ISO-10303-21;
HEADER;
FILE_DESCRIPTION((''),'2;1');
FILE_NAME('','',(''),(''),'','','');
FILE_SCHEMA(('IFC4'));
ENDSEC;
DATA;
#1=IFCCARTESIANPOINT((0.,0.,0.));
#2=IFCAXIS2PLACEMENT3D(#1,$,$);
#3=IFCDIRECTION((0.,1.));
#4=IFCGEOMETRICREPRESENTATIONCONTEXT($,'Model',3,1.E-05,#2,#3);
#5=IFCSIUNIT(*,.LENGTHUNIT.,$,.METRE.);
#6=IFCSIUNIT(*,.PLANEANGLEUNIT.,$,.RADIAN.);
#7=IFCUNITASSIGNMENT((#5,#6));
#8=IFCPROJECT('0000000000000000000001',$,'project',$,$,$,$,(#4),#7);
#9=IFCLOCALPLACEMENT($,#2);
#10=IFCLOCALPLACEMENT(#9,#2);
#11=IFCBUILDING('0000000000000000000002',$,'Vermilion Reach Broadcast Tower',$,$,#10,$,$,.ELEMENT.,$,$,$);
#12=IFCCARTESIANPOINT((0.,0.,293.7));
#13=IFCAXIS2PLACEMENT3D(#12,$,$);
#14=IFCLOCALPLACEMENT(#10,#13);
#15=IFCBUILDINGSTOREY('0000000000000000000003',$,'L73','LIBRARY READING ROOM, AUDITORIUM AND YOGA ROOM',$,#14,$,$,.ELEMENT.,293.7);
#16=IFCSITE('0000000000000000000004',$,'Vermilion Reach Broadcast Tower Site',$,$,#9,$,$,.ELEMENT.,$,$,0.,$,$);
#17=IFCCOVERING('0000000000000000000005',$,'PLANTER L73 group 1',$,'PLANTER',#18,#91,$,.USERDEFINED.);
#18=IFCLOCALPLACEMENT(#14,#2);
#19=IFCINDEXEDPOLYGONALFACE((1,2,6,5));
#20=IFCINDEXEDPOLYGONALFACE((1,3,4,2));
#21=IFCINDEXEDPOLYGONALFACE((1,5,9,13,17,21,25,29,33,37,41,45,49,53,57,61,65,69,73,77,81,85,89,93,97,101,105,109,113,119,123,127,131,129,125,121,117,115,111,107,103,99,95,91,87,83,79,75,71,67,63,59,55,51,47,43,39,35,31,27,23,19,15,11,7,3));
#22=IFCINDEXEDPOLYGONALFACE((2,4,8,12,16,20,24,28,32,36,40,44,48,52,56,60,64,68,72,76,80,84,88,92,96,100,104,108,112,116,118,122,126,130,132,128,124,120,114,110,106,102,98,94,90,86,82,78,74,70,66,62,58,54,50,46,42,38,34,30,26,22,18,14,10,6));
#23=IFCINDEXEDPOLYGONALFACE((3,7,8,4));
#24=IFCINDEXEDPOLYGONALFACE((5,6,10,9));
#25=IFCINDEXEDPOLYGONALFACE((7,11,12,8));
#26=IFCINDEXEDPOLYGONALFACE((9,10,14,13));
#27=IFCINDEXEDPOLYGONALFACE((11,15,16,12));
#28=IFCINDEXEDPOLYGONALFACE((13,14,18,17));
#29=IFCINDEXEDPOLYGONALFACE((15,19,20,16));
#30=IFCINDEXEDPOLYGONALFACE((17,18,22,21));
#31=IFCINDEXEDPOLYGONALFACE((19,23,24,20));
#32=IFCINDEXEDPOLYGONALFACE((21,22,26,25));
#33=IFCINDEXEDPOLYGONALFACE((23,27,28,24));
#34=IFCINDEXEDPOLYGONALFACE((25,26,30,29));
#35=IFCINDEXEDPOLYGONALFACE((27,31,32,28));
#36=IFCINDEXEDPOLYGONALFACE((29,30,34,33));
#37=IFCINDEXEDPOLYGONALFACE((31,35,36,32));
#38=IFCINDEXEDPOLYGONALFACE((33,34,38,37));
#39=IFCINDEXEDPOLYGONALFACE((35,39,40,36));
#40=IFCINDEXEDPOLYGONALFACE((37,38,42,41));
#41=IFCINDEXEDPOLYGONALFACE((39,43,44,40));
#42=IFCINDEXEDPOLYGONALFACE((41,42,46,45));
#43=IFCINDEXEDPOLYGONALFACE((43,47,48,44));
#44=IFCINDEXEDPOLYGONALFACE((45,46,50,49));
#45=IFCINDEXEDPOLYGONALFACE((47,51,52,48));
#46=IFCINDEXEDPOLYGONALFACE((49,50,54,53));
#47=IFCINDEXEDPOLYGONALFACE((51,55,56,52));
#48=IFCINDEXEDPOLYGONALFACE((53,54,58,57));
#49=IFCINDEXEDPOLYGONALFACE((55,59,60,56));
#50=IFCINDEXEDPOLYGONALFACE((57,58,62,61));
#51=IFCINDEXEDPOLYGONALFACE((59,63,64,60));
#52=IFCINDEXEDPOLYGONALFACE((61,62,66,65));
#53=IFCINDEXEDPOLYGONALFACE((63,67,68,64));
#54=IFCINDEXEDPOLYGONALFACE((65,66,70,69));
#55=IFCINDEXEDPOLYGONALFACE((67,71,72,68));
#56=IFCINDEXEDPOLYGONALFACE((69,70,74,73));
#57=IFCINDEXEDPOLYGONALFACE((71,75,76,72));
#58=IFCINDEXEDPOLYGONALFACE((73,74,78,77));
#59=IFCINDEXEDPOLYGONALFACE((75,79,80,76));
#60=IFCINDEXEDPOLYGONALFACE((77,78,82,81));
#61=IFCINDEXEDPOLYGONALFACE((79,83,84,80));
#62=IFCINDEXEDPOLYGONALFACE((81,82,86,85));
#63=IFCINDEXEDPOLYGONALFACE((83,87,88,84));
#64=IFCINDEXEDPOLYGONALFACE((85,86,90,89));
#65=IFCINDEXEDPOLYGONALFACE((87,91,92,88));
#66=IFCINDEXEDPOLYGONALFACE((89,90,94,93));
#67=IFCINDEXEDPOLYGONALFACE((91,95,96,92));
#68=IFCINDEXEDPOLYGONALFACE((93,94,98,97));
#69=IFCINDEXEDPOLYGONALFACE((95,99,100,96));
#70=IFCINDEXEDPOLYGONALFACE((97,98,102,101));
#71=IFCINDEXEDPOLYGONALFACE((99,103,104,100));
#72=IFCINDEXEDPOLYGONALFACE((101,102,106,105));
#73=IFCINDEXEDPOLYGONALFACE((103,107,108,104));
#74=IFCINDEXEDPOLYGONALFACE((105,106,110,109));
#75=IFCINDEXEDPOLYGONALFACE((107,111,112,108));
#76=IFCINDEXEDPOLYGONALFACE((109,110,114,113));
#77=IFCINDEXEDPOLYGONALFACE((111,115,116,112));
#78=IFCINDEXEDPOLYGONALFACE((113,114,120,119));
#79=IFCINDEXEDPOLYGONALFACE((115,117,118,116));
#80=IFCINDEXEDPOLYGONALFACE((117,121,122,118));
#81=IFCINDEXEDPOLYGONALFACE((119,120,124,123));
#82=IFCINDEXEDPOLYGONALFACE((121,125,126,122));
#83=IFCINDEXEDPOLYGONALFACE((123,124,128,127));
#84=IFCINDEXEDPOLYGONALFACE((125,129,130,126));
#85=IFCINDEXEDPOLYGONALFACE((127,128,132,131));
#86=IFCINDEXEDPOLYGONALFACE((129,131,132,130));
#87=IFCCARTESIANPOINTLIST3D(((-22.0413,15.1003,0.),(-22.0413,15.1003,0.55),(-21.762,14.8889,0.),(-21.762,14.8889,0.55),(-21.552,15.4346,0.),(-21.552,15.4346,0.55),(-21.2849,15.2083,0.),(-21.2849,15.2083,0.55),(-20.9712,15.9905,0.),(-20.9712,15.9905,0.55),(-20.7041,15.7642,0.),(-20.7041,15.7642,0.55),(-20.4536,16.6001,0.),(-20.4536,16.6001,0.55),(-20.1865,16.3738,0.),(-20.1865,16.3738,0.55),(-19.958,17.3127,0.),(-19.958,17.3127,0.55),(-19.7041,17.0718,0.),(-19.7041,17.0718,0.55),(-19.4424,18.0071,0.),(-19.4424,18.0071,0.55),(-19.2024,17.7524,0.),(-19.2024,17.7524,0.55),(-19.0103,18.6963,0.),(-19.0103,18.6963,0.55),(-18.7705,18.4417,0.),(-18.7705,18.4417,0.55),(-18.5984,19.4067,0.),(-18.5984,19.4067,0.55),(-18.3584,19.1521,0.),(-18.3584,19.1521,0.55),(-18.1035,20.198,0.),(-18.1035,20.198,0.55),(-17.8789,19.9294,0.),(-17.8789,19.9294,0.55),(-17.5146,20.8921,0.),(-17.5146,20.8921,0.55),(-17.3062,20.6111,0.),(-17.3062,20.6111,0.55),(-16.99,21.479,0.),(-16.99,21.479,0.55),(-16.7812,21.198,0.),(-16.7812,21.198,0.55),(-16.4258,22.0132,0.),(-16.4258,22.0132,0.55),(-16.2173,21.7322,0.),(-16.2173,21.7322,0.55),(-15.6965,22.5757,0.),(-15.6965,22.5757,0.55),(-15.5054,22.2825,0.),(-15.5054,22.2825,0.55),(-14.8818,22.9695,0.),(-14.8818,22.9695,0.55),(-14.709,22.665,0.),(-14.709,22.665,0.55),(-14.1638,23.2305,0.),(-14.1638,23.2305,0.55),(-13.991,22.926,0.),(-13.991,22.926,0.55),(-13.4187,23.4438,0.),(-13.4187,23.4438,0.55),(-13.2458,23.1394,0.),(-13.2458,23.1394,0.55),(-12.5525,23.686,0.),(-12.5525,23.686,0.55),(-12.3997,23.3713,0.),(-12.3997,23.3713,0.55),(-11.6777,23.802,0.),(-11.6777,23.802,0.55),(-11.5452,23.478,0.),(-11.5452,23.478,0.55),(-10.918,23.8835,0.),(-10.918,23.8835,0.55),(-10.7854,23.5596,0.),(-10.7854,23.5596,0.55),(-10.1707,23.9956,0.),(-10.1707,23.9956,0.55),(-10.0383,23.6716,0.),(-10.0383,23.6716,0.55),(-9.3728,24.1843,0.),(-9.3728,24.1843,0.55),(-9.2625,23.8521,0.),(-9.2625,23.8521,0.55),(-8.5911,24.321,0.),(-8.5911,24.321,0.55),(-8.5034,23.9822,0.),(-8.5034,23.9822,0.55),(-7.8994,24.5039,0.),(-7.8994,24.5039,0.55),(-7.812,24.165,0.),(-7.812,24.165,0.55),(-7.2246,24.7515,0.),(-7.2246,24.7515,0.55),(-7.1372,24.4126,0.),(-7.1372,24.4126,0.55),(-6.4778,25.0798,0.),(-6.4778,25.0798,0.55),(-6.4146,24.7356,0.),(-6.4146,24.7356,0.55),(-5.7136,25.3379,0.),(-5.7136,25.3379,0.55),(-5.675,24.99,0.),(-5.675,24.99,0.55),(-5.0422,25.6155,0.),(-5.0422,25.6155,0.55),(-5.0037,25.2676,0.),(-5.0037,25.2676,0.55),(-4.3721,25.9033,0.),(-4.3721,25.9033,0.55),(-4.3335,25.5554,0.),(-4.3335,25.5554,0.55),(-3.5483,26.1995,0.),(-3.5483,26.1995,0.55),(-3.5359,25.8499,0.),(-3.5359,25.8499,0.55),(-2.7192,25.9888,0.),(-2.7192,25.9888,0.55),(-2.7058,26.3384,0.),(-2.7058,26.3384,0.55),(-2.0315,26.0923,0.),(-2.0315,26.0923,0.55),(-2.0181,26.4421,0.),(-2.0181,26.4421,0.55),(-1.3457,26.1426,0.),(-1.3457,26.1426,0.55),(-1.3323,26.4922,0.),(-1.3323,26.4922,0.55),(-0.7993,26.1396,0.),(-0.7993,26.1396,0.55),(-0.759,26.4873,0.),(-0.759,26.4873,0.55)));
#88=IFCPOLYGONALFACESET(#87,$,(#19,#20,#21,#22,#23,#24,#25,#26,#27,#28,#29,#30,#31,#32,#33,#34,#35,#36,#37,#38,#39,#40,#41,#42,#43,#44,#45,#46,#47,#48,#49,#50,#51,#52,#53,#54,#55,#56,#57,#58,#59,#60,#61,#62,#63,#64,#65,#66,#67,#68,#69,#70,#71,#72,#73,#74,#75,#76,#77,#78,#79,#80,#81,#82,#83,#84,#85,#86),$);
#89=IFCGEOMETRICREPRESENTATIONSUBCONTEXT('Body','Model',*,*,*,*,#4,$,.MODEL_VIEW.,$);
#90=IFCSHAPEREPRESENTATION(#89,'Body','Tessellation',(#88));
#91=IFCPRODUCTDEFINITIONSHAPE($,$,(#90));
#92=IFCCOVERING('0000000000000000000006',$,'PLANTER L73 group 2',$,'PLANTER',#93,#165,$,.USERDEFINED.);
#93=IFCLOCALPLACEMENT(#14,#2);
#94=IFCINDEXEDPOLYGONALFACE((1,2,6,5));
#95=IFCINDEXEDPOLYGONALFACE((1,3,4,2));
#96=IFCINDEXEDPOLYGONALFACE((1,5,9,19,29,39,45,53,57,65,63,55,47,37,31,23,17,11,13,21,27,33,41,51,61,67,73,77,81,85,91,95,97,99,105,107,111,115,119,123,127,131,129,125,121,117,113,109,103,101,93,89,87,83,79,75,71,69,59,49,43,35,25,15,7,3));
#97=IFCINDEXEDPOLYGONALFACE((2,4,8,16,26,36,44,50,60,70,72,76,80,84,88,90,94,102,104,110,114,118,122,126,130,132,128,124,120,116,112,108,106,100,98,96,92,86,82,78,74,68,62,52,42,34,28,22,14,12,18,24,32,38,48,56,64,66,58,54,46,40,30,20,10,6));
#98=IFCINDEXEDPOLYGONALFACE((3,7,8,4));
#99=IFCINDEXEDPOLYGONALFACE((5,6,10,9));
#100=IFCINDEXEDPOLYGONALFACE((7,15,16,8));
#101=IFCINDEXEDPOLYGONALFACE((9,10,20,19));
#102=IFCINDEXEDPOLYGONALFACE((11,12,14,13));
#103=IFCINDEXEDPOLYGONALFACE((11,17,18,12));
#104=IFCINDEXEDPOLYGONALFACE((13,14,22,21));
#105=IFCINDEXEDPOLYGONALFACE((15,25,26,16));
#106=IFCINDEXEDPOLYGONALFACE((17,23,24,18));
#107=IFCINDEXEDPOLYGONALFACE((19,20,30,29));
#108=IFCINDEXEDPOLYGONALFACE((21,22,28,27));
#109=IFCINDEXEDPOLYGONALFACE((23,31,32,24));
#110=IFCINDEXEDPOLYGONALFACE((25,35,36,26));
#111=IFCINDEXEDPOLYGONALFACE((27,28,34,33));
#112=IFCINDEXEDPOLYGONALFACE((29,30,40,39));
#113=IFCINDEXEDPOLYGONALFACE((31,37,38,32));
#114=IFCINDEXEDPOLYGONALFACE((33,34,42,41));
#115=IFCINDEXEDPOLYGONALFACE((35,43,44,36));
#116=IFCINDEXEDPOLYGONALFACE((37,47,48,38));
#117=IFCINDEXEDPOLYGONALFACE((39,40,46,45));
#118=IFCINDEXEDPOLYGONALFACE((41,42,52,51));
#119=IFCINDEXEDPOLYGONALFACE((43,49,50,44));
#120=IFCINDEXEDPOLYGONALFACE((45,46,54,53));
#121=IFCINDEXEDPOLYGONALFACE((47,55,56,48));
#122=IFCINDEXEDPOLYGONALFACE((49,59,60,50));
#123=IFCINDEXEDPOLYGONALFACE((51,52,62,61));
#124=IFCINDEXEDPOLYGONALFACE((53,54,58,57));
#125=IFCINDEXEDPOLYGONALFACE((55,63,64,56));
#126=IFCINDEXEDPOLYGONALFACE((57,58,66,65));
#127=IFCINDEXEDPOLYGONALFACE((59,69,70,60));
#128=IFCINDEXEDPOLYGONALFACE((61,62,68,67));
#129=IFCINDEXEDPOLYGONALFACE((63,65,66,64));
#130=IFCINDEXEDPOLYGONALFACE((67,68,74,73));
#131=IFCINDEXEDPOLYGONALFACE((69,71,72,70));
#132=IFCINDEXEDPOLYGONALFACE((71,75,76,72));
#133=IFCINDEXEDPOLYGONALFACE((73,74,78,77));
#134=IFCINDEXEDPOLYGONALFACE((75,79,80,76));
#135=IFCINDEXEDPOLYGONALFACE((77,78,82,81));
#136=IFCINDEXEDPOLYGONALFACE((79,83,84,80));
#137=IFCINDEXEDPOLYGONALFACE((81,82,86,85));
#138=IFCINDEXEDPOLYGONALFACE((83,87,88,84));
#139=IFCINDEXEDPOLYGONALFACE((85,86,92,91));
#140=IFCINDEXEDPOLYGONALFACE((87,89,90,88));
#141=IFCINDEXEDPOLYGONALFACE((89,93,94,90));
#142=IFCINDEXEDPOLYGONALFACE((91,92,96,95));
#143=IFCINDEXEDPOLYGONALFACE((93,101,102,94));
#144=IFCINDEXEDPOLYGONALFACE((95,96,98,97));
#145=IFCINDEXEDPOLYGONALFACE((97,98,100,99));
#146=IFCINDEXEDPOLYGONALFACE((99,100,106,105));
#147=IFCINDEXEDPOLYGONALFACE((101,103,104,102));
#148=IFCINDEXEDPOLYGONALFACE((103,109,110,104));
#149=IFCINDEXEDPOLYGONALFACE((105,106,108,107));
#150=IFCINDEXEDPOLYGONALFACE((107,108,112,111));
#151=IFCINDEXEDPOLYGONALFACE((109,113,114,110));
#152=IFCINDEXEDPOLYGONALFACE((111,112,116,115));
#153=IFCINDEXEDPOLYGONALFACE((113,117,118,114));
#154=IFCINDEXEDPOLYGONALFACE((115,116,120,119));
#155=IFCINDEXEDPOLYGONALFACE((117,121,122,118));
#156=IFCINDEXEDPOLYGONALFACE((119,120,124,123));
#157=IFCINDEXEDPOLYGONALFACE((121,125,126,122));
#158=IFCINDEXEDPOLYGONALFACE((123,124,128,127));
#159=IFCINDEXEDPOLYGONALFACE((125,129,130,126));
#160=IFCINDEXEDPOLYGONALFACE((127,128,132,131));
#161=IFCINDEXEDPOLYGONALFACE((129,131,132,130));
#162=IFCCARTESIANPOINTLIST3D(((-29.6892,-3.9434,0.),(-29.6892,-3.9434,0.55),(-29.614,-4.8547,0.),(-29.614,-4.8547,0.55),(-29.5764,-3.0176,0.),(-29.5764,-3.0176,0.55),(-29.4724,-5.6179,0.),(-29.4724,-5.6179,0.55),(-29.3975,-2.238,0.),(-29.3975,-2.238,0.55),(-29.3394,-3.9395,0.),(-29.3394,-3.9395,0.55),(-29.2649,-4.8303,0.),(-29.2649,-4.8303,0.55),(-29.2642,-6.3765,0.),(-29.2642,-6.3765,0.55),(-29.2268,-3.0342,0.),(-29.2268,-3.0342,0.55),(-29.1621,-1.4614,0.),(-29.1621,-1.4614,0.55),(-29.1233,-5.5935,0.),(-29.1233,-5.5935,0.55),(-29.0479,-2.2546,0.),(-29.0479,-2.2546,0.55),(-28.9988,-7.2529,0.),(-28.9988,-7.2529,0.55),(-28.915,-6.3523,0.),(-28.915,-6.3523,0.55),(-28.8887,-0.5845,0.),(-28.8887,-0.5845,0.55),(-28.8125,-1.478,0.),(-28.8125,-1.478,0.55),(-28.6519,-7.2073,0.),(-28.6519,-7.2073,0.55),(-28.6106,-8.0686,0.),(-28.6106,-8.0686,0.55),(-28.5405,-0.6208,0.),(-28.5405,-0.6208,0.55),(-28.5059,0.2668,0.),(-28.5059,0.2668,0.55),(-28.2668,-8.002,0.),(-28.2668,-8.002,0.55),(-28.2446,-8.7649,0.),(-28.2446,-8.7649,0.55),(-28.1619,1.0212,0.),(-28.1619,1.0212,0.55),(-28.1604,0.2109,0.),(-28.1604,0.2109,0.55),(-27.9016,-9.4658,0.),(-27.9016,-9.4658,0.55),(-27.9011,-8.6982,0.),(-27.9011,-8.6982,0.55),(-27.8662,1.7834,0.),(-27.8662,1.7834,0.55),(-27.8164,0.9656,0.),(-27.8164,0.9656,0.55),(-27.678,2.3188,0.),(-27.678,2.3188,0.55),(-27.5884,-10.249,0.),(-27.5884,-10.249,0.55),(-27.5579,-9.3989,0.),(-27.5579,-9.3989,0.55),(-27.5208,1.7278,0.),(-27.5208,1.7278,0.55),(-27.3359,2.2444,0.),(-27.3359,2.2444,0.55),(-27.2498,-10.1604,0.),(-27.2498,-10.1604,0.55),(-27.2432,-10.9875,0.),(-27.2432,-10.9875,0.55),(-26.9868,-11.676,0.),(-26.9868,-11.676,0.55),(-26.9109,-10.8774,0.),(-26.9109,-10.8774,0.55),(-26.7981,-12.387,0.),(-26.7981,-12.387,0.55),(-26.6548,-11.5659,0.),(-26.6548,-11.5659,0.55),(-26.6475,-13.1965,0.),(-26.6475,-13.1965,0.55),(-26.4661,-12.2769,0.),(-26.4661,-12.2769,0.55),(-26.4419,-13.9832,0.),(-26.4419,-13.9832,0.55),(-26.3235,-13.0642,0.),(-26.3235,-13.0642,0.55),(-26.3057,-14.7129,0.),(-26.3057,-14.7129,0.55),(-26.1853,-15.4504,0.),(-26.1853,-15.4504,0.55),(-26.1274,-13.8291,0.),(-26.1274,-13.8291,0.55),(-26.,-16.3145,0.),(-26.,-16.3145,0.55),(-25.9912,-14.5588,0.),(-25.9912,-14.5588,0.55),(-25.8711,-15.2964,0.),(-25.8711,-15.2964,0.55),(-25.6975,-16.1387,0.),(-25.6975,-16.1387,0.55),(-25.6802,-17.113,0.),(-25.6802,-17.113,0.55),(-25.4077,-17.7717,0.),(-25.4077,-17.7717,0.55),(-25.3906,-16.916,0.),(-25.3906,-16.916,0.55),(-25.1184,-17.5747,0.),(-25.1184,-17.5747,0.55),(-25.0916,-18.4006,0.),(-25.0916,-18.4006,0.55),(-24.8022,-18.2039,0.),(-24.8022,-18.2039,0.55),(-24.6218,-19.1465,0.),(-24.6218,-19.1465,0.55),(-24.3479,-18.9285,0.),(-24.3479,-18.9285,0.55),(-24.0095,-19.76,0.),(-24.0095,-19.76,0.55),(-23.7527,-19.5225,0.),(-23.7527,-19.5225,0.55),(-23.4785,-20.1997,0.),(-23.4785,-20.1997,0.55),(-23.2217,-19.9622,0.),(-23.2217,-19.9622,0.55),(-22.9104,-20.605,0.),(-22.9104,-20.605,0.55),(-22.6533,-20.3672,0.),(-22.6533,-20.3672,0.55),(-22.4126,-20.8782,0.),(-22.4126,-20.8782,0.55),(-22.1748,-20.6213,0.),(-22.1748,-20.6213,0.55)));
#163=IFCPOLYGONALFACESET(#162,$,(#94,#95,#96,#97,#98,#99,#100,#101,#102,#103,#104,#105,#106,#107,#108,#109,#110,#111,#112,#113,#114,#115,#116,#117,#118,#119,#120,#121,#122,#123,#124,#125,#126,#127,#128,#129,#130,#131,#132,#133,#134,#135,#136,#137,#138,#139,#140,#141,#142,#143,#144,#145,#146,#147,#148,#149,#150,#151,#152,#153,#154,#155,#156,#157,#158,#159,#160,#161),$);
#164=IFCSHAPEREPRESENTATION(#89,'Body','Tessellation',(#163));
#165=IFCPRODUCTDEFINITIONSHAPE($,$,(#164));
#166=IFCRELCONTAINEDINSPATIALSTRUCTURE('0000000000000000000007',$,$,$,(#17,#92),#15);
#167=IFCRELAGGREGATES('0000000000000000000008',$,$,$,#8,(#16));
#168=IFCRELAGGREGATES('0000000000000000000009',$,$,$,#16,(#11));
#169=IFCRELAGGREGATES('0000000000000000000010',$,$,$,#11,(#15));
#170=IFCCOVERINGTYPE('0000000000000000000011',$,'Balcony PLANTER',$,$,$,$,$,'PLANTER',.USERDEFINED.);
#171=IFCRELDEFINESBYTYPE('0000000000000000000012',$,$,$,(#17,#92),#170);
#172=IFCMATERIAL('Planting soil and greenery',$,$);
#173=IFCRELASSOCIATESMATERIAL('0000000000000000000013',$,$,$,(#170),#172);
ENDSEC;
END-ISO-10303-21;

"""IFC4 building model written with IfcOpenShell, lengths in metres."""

from ifc_helpers import new_model, si_unit, direction, frame, origin, place, context, subcontext, project, spatial, polyline, outline, extrude, material, type_object, element, save


model = new_model("IFC4")

# Units and contexts
model_context = context("Model", 3, precision=1e-05, world=origin(), true_north=direction((0.0, 1.0)))
body_context = subcontext(model_context, "Body", "Model", "MODEL_VIEW")
ifc_project = project(units=[si_unit("LENGTHUNIT", "METRE"), si_unit("PLANEANGLEUNIT", "RADIAN")], contexts=[model_context])

# Site, building, storey
site_placement = place(None, origin())
site = spatial("IfcSite", under=ifc_project, at=site_placement, Name="Vermilion Reach Broadcast Tower Site", CompositionType="ELEMENT", RefElevation=0.0)
building_placement = place(site_placement, origin())
building = spatial("IfcBuilding", under=site, at=building_placement, Name="Vermilion Reach Broadcast Tower", CompositionType="ELEMENT")
storey_placement = place(building_placement, frame((0.0, 0.0, 293.7)))
storey = spatial("IfcBuildingStorey", under=building, at=storey_placement, Name="L73", Description="LIBRARY READING ROOM, AUDITORIUM AND YOGA ROOM", CompositionType="ELEMENT", Elevation=293.7)

# Shared definitions
placement_1 = place(storey_placement, origin())

# Coverings
ifc_material_1 = material(Name="Planting soil and greenery")
covering_type = type_object("IfcCoveringType", Name="Balcony PLANTER", ElementType="PLANTER", PredefinedType="USERDEFINED", material=ifc_material_1)
element("IfcCovering", 1, at=placement_1, inside=storey, type_object=covering_type, Name="PLANTER L73 group 1", ObjectType="PLANTER", PredefinedType="USERDEFINED", context=body_context, shape_type="SweptSolid", body=[
    extrude(outline(polyline([(-0.759, 26.4873), (-1.3323, 26.4922), (-2.0181, 26.4421), (-2.7058, 26.3384), (-3.5483, 26.1995), (-4.3721, 25.9033), (-5.0422, 25.6155), (-5.7136, 25.3379), (-6.4778, 25.0798), (-7.2246, 24.7515), (-7.8994, 24.5039), (-8.5911, 24.321), (-9.3728, 24.1843), (-10.1707, 23.9956), (-10.918, 23.8835), (-11.6777, 23.802), (-12.5525, 23.686), (-13.4187, 23.4438), (-14.1638, 23.2305), (-14.8818, 22.9695), (-15.6965, 22.5757), (-16.4258, 22.0132), (-16.99, 21.479), (-17.5146, 20.8921), (-18.1035, 20.198), (-18.5984, 19.4067), (-19.0103, 18.6963), (-19.4424, 18.0071), (-19.958, 17.3127), (-20.4536, 16.6001), (-20.9712, 15.9905), (-21.552, 15.4346), (-22.0413, 15.1003), (-21.762, 14.8889), (-21.2849, 15.2083), (-20.7041, 15.7642), (-20.1865, 16.3738), (-19.7041, 17.0718), (-19.2024, 17.7524), (-18.7705, 18.4417), (-18.3584, 19.1521), (-17.8789, 19.9294), (-17.3062, 20.6111), (-16.7812, 21.198), (-16.2173, 21.7322), (-15.5054, 22.2825), (-14.709, 22.665), (-13.991, 22.926), (-13.2458, 23.1394), (-12.3997, 23.3713), (-11.5452, 23.478), (-10.7854, 23.5596), (-10.0383, 23.6716), (-9.2625, 23.8521), (-8.5034, 23.9822), (-7.812, 24.165), (-7.1372, 24.4126), (-6.4146, 24.7356), (-5.675, 24.99), (-5.0037, 25.2676), (-4.3335, 25.5554), (-3.5359, 25.8499), (-2.7192, 25.9888), (-2.0315, 26.0923), (-1.3457, 26.1426), (-0.7993, 26.1396), (-0.759, 26.4873)])), origin(), (0.0, 0.0, 1.0), 0.55),
])
element("IfcCovering", 2, at=placement_1, inside=storey, type_object=covering_type, Name="PLANTER L73 group 2", ObjectType="PLANTER", PredefinedType="USERDEFINED", context=body_context, shape_type="SweptSolid", body=[
    extrude(outline(polyline([(-27.678, 2.3188), (-27.8662, 1.7834), (-28.1619, 1.0212), (-28.5059, 0.2668), (-28.8887, -0.5845), (-29.1621, -1.4614), (-29.3975, -2.238), (-29.5764, -3.0176), (-29.6892, -3.9434), (-29.614, -4.8547), (-29.4724, -5.6179), (-29.2642, -6.3765), (-28.9988, -7.2529), (-28.6106, -8.0686), (-28.2446, -8.7649), (-27.9016, -9.4658), (-27.5884, -10.249), (-27.2432, -10.9875), (-26.9868, -11.676), (-26.7981, -12.387), (-26.6475, -13.1965), (-26.4419, -13.9832), (-26.3057, -14.7129), (-26.1853, -15.4504), (-26.0, -16.3145), (-25.6802, -17.113), (-25.4077, -17.7717), (-25.0916, -18.4006), (-24.6218, -19.1465), (-24.0095, -19.76), (-23.4785, -20.1997), (-22.9104, -20.605), (-22.4126, -20.8782), (-22.1748, -20.6213), (-22.6533, -20.3672), (-23.2217, -19.9622), (-23.7527, -19.5225), (-24.3479, -18.9285), (-24.8022, -18.2039), (-25.1184, -17.5747), (-25.3906, -16.916), (-25.6975, -16.1387), (-25.8711, -15.2964), (-25.9912, -14.5588), (-26.1274, -13.8291), (-26.3235, -13.0642), (-26.4661, -12.2769), (-26.6548, -11.5659), (-26.9109, -10.8774), (-27.2498, -10.1604), (-27.5579, -9.3989), (-27.9011, -8.6982), (-28.2668, -8.002), (-28.6519, -7.2073), (-28.915, -6.3523), (-29.1233, -5.5935), (-29.2649, -4.8303), (-29.3394, -3.9395), (-29.2268, -3.0342), (-29.0479, -2.2546), (-28.8125, -1.478), (-28.5405, -0.6208), (-28.1604, 0.2109), (-27.8164, 0.9656), (-27.5208, 1.7278), (-27.3359, 2.2444), (-27.678, 2.3188)])), origin(), (0.0, 0.0, 1.0), 0.55),
])

save(model, "model.ifc")
